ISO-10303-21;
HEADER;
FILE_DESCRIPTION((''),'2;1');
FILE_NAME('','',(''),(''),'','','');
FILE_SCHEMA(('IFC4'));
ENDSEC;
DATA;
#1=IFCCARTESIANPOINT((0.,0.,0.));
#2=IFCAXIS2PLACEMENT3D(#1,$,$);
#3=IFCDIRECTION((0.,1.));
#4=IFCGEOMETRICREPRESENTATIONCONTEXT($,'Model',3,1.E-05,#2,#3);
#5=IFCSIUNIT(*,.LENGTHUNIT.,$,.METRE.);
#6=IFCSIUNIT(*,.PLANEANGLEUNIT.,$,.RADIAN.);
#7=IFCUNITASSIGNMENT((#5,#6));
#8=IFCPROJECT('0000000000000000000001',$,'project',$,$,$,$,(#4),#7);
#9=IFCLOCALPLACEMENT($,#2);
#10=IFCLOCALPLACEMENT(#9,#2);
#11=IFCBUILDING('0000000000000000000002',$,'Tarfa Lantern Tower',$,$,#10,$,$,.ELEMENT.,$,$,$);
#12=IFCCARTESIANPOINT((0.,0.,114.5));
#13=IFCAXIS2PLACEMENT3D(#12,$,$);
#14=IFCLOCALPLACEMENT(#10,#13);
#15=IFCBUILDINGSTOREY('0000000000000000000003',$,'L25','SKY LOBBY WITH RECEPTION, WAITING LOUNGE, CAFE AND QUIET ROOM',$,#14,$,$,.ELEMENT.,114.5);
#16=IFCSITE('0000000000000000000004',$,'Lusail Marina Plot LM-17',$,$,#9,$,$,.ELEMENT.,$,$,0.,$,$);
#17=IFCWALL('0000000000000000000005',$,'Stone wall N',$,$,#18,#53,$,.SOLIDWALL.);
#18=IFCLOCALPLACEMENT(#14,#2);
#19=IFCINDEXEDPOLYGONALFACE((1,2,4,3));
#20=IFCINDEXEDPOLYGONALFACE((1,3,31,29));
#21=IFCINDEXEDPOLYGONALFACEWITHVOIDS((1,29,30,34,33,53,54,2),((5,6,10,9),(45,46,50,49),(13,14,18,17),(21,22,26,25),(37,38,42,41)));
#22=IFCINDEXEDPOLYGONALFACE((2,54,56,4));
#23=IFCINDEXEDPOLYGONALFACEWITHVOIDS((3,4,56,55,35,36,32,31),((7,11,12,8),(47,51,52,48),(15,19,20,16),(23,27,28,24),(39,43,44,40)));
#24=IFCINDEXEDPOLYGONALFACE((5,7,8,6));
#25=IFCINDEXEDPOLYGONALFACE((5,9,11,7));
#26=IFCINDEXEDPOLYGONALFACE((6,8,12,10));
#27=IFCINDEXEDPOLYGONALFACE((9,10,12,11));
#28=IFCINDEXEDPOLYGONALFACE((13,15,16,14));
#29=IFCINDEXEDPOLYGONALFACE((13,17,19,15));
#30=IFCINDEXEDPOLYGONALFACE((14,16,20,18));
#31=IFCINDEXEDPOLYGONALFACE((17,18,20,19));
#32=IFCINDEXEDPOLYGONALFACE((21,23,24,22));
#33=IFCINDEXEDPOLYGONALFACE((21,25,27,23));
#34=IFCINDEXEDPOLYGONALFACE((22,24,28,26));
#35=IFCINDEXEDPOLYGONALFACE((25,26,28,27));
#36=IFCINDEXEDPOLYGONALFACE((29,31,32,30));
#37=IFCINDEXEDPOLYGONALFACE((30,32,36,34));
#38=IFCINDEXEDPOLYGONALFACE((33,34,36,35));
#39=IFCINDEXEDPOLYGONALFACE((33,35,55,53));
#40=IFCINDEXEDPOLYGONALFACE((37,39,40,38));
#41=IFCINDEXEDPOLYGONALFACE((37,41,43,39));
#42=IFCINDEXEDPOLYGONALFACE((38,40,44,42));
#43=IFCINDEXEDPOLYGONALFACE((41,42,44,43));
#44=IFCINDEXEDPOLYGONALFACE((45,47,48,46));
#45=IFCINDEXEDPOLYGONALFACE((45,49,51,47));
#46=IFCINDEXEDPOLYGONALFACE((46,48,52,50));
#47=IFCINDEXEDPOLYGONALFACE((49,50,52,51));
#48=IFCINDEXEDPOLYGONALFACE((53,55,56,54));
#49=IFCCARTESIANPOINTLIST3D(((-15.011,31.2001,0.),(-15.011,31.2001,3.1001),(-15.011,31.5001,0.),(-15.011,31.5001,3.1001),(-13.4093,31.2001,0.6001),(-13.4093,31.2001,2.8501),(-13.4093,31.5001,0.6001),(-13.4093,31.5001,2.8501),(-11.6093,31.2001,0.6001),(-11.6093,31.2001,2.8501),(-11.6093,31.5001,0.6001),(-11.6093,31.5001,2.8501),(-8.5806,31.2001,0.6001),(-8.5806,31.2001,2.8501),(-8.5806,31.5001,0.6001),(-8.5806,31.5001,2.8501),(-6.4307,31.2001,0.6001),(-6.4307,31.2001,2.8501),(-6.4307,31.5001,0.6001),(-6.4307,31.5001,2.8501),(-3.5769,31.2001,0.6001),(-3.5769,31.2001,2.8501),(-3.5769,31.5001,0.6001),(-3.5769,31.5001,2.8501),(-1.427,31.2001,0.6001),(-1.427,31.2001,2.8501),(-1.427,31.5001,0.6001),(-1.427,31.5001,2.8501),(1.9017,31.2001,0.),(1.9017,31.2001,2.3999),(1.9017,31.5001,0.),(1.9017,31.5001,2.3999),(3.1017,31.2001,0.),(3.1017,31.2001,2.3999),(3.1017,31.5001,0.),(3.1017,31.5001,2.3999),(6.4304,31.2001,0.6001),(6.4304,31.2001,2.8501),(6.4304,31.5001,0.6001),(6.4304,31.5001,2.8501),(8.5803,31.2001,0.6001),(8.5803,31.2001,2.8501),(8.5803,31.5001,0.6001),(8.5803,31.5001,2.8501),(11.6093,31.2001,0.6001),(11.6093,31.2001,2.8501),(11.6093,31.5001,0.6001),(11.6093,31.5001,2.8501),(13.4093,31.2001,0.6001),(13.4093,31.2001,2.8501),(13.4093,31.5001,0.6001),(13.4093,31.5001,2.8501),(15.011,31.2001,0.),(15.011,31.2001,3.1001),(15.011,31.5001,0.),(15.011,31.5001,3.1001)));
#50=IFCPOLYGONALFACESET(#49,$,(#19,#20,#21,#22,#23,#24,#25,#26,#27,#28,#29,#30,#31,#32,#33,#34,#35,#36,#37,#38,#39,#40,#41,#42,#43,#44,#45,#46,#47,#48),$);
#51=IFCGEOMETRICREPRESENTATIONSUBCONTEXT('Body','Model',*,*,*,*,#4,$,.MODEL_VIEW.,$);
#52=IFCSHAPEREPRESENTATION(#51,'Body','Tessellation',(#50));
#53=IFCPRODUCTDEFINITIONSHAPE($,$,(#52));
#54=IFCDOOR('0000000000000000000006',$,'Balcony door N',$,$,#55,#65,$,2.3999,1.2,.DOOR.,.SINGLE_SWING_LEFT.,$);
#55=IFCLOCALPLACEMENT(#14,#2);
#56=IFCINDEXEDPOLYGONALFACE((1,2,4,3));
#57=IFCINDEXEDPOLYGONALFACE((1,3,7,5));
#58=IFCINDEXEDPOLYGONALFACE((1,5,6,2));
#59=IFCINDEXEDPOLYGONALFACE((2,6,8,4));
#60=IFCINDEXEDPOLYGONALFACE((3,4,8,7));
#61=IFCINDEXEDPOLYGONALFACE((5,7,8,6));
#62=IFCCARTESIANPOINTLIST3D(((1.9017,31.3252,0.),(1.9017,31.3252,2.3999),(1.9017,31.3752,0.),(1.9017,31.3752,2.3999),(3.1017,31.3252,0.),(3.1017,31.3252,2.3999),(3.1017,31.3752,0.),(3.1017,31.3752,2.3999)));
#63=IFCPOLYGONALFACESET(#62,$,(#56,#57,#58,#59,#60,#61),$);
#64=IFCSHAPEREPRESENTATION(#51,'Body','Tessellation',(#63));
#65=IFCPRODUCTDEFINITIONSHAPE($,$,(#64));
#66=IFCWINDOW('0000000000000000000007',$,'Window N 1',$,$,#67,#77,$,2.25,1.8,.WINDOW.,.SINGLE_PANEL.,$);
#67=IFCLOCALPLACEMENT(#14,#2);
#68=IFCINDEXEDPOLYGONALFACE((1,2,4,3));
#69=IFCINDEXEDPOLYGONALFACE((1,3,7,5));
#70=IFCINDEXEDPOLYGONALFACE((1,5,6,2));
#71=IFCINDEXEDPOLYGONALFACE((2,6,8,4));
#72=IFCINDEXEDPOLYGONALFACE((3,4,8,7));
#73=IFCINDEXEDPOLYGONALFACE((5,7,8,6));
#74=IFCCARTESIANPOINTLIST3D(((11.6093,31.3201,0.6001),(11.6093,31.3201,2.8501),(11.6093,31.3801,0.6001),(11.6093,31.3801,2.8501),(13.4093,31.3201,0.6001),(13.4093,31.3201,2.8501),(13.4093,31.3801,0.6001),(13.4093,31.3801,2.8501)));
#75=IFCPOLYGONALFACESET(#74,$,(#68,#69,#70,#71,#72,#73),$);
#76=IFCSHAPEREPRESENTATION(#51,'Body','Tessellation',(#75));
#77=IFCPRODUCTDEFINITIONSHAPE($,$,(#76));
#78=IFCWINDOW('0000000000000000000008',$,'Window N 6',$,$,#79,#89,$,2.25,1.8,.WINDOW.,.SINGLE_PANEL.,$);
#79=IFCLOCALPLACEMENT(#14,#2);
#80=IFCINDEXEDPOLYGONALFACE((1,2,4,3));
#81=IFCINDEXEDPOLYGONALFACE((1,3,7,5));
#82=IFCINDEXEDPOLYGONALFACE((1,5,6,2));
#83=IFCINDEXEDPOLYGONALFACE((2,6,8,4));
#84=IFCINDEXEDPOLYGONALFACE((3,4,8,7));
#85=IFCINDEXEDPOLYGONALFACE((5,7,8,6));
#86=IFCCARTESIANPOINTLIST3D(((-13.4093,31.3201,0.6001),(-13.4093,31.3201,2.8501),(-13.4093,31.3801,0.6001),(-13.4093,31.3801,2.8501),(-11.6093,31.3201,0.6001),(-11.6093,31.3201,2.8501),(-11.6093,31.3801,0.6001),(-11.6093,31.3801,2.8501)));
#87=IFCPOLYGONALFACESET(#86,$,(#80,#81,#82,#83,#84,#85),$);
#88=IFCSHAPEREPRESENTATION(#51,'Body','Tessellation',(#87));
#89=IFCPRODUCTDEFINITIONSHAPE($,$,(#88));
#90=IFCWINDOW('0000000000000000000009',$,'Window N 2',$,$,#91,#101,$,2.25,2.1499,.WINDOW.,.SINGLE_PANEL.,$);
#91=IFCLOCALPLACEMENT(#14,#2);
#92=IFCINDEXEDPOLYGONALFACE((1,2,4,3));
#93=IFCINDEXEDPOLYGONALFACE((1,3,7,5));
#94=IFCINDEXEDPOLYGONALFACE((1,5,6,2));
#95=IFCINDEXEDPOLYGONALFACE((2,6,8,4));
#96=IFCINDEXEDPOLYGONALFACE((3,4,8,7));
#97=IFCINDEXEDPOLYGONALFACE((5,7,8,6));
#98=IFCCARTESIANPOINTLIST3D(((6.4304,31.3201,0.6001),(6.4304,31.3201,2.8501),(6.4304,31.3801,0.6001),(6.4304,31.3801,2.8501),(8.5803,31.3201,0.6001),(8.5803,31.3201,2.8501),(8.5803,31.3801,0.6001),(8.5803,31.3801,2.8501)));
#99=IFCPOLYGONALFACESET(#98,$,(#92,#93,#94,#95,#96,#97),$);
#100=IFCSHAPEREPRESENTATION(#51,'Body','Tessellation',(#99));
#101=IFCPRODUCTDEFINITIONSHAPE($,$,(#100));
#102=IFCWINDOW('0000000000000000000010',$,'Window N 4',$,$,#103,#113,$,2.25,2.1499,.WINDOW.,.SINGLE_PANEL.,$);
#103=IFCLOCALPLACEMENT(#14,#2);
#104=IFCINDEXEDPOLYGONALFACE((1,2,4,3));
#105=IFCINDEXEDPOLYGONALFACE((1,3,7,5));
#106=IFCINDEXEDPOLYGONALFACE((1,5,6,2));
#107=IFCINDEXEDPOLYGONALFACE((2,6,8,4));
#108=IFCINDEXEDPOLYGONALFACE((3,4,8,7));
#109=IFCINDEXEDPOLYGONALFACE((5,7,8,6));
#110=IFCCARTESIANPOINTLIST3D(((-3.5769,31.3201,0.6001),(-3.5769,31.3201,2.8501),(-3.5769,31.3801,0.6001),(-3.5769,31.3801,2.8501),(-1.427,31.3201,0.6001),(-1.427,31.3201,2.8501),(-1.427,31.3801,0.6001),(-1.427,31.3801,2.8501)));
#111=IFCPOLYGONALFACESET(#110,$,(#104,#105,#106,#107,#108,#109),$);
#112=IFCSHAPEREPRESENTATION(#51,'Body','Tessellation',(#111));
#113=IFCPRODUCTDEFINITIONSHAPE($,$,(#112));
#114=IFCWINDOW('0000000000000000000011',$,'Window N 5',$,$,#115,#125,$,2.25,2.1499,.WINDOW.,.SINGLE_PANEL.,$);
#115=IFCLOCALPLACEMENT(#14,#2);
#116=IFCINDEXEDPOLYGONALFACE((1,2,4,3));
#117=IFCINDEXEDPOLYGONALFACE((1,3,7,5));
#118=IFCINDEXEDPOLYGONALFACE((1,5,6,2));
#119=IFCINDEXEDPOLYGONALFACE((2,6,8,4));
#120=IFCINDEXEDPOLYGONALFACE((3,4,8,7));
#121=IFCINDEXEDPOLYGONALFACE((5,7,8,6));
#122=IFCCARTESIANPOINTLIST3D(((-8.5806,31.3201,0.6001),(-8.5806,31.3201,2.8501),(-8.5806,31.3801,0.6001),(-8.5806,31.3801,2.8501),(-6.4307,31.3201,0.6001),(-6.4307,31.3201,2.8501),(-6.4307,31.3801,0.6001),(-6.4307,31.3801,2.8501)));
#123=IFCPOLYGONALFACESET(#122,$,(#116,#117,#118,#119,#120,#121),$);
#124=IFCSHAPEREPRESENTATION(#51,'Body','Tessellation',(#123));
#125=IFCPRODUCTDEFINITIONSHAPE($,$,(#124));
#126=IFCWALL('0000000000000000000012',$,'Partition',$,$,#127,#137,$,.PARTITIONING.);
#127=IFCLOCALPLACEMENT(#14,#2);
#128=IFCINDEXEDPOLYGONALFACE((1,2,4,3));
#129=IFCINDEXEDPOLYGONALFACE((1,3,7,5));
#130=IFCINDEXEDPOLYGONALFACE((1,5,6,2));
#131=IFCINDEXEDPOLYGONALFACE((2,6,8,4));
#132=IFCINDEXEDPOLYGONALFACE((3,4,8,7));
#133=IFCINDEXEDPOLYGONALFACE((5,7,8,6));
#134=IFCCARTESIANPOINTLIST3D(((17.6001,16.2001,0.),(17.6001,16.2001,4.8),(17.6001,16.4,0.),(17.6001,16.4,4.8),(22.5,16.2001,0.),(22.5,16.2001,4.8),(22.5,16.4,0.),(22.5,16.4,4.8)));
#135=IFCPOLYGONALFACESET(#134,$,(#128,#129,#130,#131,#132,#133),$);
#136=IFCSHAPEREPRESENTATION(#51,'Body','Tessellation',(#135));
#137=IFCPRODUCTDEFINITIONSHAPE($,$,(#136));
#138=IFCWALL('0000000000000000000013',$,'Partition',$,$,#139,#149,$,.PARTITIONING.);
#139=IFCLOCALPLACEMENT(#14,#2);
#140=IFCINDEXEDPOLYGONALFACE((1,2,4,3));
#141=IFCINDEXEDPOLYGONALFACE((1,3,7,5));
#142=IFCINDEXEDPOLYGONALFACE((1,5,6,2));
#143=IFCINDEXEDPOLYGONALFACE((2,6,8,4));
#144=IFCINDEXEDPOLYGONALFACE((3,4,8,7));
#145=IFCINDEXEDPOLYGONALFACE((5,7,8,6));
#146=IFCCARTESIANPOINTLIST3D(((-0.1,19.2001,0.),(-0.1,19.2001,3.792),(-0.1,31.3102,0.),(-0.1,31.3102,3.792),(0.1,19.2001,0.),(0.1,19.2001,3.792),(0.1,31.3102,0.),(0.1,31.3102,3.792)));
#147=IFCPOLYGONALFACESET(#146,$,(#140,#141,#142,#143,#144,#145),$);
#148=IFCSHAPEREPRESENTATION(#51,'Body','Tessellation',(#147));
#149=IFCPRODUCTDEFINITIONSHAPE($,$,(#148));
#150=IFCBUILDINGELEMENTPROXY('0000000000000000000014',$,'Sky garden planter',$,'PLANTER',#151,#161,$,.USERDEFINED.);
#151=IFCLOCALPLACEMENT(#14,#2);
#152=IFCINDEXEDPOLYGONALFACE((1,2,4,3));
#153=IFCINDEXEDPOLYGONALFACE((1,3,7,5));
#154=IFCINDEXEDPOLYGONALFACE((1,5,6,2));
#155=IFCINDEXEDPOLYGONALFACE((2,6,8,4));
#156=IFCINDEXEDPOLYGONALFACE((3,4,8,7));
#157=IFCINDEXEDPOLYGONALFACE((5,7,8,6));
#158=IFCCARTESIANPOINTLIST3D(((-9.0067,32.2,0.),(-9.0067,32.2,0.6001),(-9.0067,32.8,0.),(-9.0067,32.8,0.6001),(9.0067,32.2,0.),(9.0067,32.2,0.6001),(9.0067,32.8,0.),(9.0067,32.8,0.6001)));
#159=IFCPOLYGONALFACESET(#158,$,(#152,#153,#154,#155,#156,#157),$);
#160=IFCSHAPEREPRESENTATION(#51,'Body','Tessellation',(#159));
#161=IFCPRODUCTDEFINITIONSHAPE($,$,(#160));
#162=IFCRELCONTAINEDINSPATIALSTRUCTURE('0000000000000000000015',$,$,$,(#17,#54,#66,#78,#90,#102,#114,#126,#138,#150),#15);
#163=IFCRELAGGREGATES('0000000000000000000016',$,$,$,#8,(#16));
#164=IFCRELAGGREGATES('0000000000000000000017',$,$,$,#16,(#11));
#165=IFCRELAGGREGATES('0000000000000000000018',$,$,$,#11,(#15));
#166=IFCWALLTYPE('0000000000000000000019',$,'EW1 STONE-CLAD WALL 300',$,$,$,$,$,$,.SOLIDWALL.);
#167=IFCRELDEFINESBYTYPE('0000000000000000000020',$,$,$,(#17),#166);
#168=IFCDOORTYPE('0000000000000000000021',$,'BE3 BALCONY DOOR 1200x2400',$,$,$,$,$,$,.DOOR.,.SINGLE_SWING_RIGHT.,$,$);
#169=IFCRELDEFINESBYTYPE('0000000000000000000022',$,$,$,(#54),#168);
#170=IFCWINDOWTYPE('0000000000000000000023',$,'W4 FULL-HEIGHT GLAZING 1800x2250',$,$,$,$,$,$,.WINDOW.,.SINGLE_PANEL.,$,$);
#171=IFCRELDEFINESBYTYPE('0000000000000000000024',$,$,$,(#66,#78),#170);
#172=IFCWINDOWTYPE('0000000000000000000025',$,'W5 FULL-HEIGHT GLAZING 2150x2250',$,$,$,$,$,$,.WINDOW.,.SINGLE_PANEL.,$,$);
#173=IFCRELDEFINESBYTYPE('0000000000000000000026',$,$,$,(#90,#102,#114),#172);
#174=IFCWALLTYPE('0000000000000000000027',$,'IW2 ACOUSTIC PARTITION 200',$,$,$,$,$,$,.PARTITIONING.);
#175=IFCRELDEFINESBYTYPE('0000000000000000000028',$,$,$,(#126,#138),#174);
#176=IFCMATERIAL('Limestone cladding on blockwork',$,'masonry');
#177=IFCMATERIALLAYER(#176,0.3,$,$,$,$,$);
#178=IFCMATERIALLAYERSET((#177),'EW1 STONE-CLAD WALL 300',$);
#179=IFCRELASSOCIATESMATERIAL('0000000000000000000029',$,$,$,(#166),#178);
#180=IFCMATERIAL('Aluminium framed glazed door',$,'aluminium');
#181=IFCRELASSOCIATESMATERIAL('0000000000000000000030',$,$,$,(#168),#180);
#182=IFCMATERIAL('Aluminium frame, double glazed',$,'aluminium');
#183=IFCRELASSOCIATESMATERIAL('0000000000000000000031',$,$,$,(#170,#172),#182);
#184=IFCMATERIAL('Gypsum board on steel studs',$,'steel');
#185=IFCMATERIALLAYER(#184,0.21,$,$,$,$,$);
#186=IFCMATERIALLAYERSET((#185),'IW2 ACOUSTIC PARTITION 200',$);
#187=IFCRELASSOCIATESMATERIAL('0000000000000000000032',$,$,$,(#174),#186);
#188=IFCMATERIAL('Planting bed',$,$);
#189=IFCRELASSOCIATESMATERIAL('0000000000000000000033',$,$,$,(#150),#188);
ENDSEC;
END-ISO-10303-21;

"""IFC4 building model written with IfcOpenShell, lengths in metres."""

from ifc_helpers import new_model, si_unit, direction, frame, frame_2d, origin, origin_2d, place, context, subcontext, project, spatial, rectangle, extrude, material, layer, layer_set, type_object, element, fill, save


model = new_model("IFC4")

# Units and contexts
model_context = context("Model", 3, precision=1e-05, world=origin(), true_north=direction((0.0, 1.0)))
body_context = subcontext(model_context, "Body", "Model", "MODEL_VIEW")
ifc_project = project(units=[si_unit("LENGTHUNIT", "METRE"), si_unit("PLANEANGLEUNIT", "RADIAN")], contexts=[model_context])

# Site, building, storey
site_placement = place(None, origin())
site = spatial("IfcSite", under=ifc_project, at=site_placement, Name="Lusail Marina Plot LM-17", CompositionType="ELEMENT", RefElevation=0.0)
building_placement = place(site_placement, origin())
building = spatial("IfcBuilding", under=site, at=building_placement, Name="Tarfa Lantern Tower", CompositionType="ELEMENT")
storey_placement = place(building_placement, frame((0.0, 0.0, 114.5)))
storey = spatial("IfcBuildingStorey", under=building, at=storey_placement, Name="L25", Description="SKY LOBBY WITH RECEPTION, WAITING LOUNGE, CAFE AND QUIET ROOM", CompositionType="ELEMENT", Elevation=114.5)

# Wall, openings, door, windows
ifc_material_1 = material(Name="Limestone cladding on blockwork", Category="masonry")
ifc_layer_1 = layer(ifc_material_1, 0.3)
ifc_layer_set_1 = layer_set([ifc_layer_1], Name="EW1 STONE-CLAD WALL 300")
wall_type_1 = type_object("IfcWallType", Name="EW1 STONE-CLAD WALL 300", PredefinedType="SOLIDWALL", material=ifc_layer_set_1)
wall_1_placement = place(storey_placement, frame((15.011, 31.3501, 0.0), z_axis=(0.0, 0.0, 1.0), x_axis=(-1.0, 0.0, 0.0)))
wall_1 = element("IfcWall", 1, at=wall_1_placement, inside=storey, type_object=wall_type_1, Name="Stone wall N", PredefinedType="SOLIDWALL", context=body_context, shape_type="SweptSolid", body=[
    extrude(rectangle(XDim=30.022, YDim=0.3, at=frame_2d((15.011, 0.0))), origin(), (0.0, 0.0, 1.0), 3.1001),
])
opening_1_placement = place(wall_1_placement, frame((1.6018, 0.0, 0.6001)))
opening_1 = element("IfcOpeningElement", 2, at=opening_1_placement, cuts=wall_1, PredefinedType="OPENING", context=body_context, shape_type="SweptSolid", body=[
    extrude(rectangle(XDim=1.8, YDim=2.25, at=frame_2d((0.8999, 1.125))), frame((0.0, 0.1599, 0.0), z_axis=(0.0, -1.0, 0.0), x_axis=(1.0, 0.0, 0.0)), (0.0, 0.0, 1.0), 0.3201),
])
opening_2_placement = place(wall_1_placement, frame((6.4307, 0.0, 0.6001)))
opening_2 = element("IfcOpeningElement", 3, at=opening_2_placement, cuts=wall_1, PredefinedType="OPENING", context=body_context, shape_type="SweptSolid", body=[
    extrude(rectangle(XDim=2.1499, YDim=2.25, at=frame_2d((1.075, 1.125))), frame((0.0, 0.1599, 0.0), z_axis=(0.0, -1.0, 0.0), x_axis=(1.0, 0.0, 0.0)), (0.0, 0.0, 1.0), 0.3201),
])
opening_3_placement = place(wall_1_placement, frame((11.9092, 0.0, 0.0)))
opening_3 = element("IfcOpeningElement", 4, at=opening_3_placement, cuts=wall_1, PredefinedType="OPENING", context=body_context, shape_type="SweptSolid", body=[
    extrude(rectangle(XDim=1.2, YDim=2.3999, at=frame_2d((0.6001, 1.2))), frame((0.0, 0.1599, 0.0), z_axis=(0.0, -1.0, 0.0), x_axis=(1.0, 0.0, 0.0)), (0.0, 0.0, 1.0), 0.3201),
])
opening_4_placement = place(wall_1_placement, frame((16.438, 0.0, 0.6001)))
opening_4 = element("IfcOpeningElement", 5, at=opening_4_placement, cuts=wall_1, PredefinedType="OPENING", context=body_context, shape_type="SweptSolid", body=[
    extrude(rectangle(XDim=2.1499, YDim=2.25, at=frame_2d((1.075, 1.125))), frame((0.0, 0.1599, 0.0), z_axis=(0.0, -1.0, 0.0), x_axis=(1.0, 0.0, 0.0)), (0.0, 0.0, 1.0), 0.3201),
])
opening_5_placement = place(wall_1_placement, frame((21.4417, 0.0, 0.6001)))
opening_5 = element("IfcOpeningElement", 6, at=opening_5_placement, cuts=wall_1, PredefinedType="OPENING", context=body_context, shape_type="SweptSolid", body=[
    extrude(rectangle(XDim=2.1499, YDim=2.25, at=frame_2d((1.075, 1.125))), frame((0.0, 0.1599, 0.0), z_axis=(0.0, -1.0, 0.0), x_axis=(1.0, 0.0, 0.0)), (0.0, 0.0, 1.0), 0.3201),
])
opening_6_placement = place(wall_1_placement, frame((26.6204, 0.0, 0.6001)))
opening_6 = element("IfcOpeningElement", 7, at=opening_6_placement, cuts=wall_1, PredefinedType="OPENING", context=body_context, shape_type="SweptSolid", body=[
    extrude(rectangle(XDim=1.8, YDim=2.25, at=frame_2d((0.8999, 1.125))), frame((0.0, 0.1599, 0.0), z_axis=(0.0, -1.0, 0.0), x_axis=(1.0, 0.0, 0.0)), (0.0, 0.0, 1.0), 0.3201),
])
ifc_material_2 = material(Name="Aluminium framed glazed door", Category="aluminium")
door_type = type_object("IfcDoorType", Name="BE3 BALCONY DOOR 1200x2400", OperationType="SINGLE_SWING_RIGHT", PredefinedType="DOOR", material=ifc_material_2)
door_placement = place(opening_3_placement, origin())
door = element("IfcDoor", 8, at=door_placement, inside=storey, type_object=door_type, Name="Balcony door N", OperationType="SINGLE_SWING_LEFT", OverallHeight=2.3999, OverallWidth=1.2, PredefinedType="DOOR", context=body_context, shape_type="SweptSolid", body=[
    extrude(rectangle(XDim=1.2, YDim=2.3999, at=frame_2d((0.6001, 1.2))), frame((0.0, 0.0249, 0.0), z_axis=(0.0, -1.0, 0.0), x_axis=(1.0, 0.0, 0.0)), (0.0, 0.0, 1.0), 0.05),
])
fill(opening_3, door)
ifc_material_3 = material(Name="Aluminium frame, double glazed", Category="aluminium")
window_type_1 = type_object("IfcWindowType", Name="W4 FULL-HEIGHT GLAZING 1800x2250", PartitioningType="SINGLE_PANEL", PredefinedType="WINDOW", material=ifc_material_3)
window_1_placement = place(opening_1_placement, origin())
window_1 = element("IfcWindow", 9, at=window_1_placement, inside=storey, type_object=window_type_1, Name="Window N 1", OverallHeight=2.25, OverallWidth=1.8, PartitioningType="SINGLE_PANEL", PredefinedType="WINDOW", context=body_context, shape_type="SweptSolid", body=[
    extrude(rectangle(XDim=1.8, YDim=2.25, at=frame_2d((0.8999, 1.125))), frame((0.0, 0.03, 0.0), z_axis=(0.0, -1.0, 0.0), x_axis=(1.0, 0.0, 0.0)), (0.0, 0.0, 1.0), 0.0601),
])
fill(opening_1, window_1)
window_2_placement = place(opening_6_placement, origin())
window_2 = element("IfcWindow", 10, at=window_2_placement, inside=storey, type_object=window_type_1, Name="Window N 6", OverallHeight=2.25, OverallWidth=1.8, PartitioningType="SINGLE_PANEL", PredefinedType="WINDOW", context=body_context, shape_type="SweptSolid", body=[
    extrude(rectangle(XDim=1.8, YDim=2.25, at=frame_2d((0.8999, 1.125))), frame((0.0, 0.03, 0.0), z_axis=(0.0, -1.0, 0.0), x_axis=(1.0, 0.0, 0.0)), (0.0, 0.0, 1.0), 0.0601),
])
fill(opening_6, window_2)
window_type_2 = type_object("IfcWindowType", Name="W5 FULL-HEIGHT GLAZING 2150x2250", PartitioningType="SINGLE_PANEL", PredefinedType="WINDOW", material=ifc_material_3)
window_3_placement = place(opening_2_placement, origin())
window_3 = element("IfcWindow", 11, at=window_3_placement, inside=storey, type_object=window_type_2, Name="Window N 2", OverallHeight=2.25, OverallWidth=2.1499, PartitioningType="SINGLE_PANEL", PredefinedType="WINDOW", context=body_context, shape_type="SweptSolid", body=[
    extrude(rectangle(XDim=2.1499, YDim=2.25, at=frame_2d((1.075, 1.125))), frame((0.0, 0.03, 0.0), z_axis=(0.0, -1.0, 0.0), x_axis=(1.0, 0.0, 0.0)), (0.0, 0.0, 1.0), 0.0601),
])
fill(opening_2, window_3)
window_4_placement = place(opening_4_placement, origin())
window_4 = element("IfcWindow", 12, at=window_4_placement, inside=storey, type_object=window_type_2, Name="Window N 4", OverallHeight=2.25, OverallWidth=2.1499, PartitioningType="SINGLE_PANEL", PredefinedType="WINDOW", context=body_context, shape_type="SweptSolid", body=[
    extrude(rectangle(XDim=2.1499, YDim=2.25, at=frame_2d((1.075, 1.125))), frame((0.0, 0.03, 0.0), z_axis=(0.0, -1.0, 0.0), x_axis=(1.0, 0.0, 0.0)), (0.0, 0.0, 1.0), 0.0601),
])
fill(opening_4, window_4)
window_5_placement = place(opening_5_placement, origin())
window_5 = element("IfcWindow", 13, at=window_5_placement, inside=storey, type_object=window_type_2, Name="Window N 5", OverallHeight=2.25, OverallWidth=2.1499, PartitioningType="SINGLE_PANEL", PredefinedType="WINDOW", context=body_context, shape_type="SweptSolid", body=[
    extrude(rectangle(XDim=2.1499, YDim=2.25, at=frame_2d((1.075, 1.125))), frame((0.0, 0.03, 0.0), z_axis=(0.0, -1.0, 0.0), x_axis=(1.0, 0.0, 0.0)), (0.0, 0.0, 1.0), 0.0601),
])
fill(opening_5, window_5)

# Walls
ifc_material_4 = material(Name="Gypsum board on steel studs", Category="steel")
ifc_layer_2 = layer(ifc_material_4, 0.21)
ifc_layer_set_2 = layer_set([ifc_layer_2], Name="IW2 ACOUSTIC PARTITION 200")
wall_type_2 = type_object("IfcWallType", Name="IW2 ACOUSTIC PARTITION 200", PredefinedType="PARTITIONING", material=ifc_layer_set_2)
wall_2_placement = place(storey_placement, frame((17.6001, 16.3, 0.0), z_axis=(0.0, 0.0, 1.0), x_axis=(1.0, 0.0, 0.0)))
element("IfcWall", 14, at=wall_2_placement, inside=storey, type_object=wall_type_2, Name="Partition", PredefinedType="PARTITIONING", context=body_context, shape_type="SweptSolid", body=[
    extrude(rectangle(XDim=4.8999, YDim=0.2, at=frame_2d((2.45, 0.0))), origin(), (0.0, 0.0, 1.0), 4.8),
])
wall_3_placement = place(storey_placement, frame((0.0, 19.2, 0.0), z_axis=(0.0, 0.0, 1.0), x_axis=(0.0, 1.0, 0.0)))
element("IfcWall", 15, at=wall_3_placement, inside=storey, type_object=wall_type_2, Name="Partition", PredefinedType="PARTITIONING", context=body_context, shape_type="SweptSolid", body=[
    extrude(rectangle(XDim=12.1101, YDim=0.2, at=frame_2d((6.0552, 0.0))), origin(), (0.0, 0.0, 1.0), 3.792),
])

# Building element proxy
ifc_material_5 = material(Name="Planting bed")
proxy_placement = place(storey_placement, frame((0.0, 32.5, 0.0), z_axis=(0.0, 0.0, 1.0), x_axis=(-1.0, 0.0, 0.0)))
element("IfcBuildingElementProxy", 16, at=proxy_placement, inside=storey, material=ifc_material_5, Name="Sky garden planter", ObjectType="PLANTER", PredefinedType="USERDEFINED", context=body_context, shape_type="SweptSolid", body=[
    extrude(rectangle(XDim=18.0134, YDim=0.6001, at=origin_2d()), origin(), (0.0, 0.0, 1.0), 0.6001),
])

save(model, "model.ifc")
